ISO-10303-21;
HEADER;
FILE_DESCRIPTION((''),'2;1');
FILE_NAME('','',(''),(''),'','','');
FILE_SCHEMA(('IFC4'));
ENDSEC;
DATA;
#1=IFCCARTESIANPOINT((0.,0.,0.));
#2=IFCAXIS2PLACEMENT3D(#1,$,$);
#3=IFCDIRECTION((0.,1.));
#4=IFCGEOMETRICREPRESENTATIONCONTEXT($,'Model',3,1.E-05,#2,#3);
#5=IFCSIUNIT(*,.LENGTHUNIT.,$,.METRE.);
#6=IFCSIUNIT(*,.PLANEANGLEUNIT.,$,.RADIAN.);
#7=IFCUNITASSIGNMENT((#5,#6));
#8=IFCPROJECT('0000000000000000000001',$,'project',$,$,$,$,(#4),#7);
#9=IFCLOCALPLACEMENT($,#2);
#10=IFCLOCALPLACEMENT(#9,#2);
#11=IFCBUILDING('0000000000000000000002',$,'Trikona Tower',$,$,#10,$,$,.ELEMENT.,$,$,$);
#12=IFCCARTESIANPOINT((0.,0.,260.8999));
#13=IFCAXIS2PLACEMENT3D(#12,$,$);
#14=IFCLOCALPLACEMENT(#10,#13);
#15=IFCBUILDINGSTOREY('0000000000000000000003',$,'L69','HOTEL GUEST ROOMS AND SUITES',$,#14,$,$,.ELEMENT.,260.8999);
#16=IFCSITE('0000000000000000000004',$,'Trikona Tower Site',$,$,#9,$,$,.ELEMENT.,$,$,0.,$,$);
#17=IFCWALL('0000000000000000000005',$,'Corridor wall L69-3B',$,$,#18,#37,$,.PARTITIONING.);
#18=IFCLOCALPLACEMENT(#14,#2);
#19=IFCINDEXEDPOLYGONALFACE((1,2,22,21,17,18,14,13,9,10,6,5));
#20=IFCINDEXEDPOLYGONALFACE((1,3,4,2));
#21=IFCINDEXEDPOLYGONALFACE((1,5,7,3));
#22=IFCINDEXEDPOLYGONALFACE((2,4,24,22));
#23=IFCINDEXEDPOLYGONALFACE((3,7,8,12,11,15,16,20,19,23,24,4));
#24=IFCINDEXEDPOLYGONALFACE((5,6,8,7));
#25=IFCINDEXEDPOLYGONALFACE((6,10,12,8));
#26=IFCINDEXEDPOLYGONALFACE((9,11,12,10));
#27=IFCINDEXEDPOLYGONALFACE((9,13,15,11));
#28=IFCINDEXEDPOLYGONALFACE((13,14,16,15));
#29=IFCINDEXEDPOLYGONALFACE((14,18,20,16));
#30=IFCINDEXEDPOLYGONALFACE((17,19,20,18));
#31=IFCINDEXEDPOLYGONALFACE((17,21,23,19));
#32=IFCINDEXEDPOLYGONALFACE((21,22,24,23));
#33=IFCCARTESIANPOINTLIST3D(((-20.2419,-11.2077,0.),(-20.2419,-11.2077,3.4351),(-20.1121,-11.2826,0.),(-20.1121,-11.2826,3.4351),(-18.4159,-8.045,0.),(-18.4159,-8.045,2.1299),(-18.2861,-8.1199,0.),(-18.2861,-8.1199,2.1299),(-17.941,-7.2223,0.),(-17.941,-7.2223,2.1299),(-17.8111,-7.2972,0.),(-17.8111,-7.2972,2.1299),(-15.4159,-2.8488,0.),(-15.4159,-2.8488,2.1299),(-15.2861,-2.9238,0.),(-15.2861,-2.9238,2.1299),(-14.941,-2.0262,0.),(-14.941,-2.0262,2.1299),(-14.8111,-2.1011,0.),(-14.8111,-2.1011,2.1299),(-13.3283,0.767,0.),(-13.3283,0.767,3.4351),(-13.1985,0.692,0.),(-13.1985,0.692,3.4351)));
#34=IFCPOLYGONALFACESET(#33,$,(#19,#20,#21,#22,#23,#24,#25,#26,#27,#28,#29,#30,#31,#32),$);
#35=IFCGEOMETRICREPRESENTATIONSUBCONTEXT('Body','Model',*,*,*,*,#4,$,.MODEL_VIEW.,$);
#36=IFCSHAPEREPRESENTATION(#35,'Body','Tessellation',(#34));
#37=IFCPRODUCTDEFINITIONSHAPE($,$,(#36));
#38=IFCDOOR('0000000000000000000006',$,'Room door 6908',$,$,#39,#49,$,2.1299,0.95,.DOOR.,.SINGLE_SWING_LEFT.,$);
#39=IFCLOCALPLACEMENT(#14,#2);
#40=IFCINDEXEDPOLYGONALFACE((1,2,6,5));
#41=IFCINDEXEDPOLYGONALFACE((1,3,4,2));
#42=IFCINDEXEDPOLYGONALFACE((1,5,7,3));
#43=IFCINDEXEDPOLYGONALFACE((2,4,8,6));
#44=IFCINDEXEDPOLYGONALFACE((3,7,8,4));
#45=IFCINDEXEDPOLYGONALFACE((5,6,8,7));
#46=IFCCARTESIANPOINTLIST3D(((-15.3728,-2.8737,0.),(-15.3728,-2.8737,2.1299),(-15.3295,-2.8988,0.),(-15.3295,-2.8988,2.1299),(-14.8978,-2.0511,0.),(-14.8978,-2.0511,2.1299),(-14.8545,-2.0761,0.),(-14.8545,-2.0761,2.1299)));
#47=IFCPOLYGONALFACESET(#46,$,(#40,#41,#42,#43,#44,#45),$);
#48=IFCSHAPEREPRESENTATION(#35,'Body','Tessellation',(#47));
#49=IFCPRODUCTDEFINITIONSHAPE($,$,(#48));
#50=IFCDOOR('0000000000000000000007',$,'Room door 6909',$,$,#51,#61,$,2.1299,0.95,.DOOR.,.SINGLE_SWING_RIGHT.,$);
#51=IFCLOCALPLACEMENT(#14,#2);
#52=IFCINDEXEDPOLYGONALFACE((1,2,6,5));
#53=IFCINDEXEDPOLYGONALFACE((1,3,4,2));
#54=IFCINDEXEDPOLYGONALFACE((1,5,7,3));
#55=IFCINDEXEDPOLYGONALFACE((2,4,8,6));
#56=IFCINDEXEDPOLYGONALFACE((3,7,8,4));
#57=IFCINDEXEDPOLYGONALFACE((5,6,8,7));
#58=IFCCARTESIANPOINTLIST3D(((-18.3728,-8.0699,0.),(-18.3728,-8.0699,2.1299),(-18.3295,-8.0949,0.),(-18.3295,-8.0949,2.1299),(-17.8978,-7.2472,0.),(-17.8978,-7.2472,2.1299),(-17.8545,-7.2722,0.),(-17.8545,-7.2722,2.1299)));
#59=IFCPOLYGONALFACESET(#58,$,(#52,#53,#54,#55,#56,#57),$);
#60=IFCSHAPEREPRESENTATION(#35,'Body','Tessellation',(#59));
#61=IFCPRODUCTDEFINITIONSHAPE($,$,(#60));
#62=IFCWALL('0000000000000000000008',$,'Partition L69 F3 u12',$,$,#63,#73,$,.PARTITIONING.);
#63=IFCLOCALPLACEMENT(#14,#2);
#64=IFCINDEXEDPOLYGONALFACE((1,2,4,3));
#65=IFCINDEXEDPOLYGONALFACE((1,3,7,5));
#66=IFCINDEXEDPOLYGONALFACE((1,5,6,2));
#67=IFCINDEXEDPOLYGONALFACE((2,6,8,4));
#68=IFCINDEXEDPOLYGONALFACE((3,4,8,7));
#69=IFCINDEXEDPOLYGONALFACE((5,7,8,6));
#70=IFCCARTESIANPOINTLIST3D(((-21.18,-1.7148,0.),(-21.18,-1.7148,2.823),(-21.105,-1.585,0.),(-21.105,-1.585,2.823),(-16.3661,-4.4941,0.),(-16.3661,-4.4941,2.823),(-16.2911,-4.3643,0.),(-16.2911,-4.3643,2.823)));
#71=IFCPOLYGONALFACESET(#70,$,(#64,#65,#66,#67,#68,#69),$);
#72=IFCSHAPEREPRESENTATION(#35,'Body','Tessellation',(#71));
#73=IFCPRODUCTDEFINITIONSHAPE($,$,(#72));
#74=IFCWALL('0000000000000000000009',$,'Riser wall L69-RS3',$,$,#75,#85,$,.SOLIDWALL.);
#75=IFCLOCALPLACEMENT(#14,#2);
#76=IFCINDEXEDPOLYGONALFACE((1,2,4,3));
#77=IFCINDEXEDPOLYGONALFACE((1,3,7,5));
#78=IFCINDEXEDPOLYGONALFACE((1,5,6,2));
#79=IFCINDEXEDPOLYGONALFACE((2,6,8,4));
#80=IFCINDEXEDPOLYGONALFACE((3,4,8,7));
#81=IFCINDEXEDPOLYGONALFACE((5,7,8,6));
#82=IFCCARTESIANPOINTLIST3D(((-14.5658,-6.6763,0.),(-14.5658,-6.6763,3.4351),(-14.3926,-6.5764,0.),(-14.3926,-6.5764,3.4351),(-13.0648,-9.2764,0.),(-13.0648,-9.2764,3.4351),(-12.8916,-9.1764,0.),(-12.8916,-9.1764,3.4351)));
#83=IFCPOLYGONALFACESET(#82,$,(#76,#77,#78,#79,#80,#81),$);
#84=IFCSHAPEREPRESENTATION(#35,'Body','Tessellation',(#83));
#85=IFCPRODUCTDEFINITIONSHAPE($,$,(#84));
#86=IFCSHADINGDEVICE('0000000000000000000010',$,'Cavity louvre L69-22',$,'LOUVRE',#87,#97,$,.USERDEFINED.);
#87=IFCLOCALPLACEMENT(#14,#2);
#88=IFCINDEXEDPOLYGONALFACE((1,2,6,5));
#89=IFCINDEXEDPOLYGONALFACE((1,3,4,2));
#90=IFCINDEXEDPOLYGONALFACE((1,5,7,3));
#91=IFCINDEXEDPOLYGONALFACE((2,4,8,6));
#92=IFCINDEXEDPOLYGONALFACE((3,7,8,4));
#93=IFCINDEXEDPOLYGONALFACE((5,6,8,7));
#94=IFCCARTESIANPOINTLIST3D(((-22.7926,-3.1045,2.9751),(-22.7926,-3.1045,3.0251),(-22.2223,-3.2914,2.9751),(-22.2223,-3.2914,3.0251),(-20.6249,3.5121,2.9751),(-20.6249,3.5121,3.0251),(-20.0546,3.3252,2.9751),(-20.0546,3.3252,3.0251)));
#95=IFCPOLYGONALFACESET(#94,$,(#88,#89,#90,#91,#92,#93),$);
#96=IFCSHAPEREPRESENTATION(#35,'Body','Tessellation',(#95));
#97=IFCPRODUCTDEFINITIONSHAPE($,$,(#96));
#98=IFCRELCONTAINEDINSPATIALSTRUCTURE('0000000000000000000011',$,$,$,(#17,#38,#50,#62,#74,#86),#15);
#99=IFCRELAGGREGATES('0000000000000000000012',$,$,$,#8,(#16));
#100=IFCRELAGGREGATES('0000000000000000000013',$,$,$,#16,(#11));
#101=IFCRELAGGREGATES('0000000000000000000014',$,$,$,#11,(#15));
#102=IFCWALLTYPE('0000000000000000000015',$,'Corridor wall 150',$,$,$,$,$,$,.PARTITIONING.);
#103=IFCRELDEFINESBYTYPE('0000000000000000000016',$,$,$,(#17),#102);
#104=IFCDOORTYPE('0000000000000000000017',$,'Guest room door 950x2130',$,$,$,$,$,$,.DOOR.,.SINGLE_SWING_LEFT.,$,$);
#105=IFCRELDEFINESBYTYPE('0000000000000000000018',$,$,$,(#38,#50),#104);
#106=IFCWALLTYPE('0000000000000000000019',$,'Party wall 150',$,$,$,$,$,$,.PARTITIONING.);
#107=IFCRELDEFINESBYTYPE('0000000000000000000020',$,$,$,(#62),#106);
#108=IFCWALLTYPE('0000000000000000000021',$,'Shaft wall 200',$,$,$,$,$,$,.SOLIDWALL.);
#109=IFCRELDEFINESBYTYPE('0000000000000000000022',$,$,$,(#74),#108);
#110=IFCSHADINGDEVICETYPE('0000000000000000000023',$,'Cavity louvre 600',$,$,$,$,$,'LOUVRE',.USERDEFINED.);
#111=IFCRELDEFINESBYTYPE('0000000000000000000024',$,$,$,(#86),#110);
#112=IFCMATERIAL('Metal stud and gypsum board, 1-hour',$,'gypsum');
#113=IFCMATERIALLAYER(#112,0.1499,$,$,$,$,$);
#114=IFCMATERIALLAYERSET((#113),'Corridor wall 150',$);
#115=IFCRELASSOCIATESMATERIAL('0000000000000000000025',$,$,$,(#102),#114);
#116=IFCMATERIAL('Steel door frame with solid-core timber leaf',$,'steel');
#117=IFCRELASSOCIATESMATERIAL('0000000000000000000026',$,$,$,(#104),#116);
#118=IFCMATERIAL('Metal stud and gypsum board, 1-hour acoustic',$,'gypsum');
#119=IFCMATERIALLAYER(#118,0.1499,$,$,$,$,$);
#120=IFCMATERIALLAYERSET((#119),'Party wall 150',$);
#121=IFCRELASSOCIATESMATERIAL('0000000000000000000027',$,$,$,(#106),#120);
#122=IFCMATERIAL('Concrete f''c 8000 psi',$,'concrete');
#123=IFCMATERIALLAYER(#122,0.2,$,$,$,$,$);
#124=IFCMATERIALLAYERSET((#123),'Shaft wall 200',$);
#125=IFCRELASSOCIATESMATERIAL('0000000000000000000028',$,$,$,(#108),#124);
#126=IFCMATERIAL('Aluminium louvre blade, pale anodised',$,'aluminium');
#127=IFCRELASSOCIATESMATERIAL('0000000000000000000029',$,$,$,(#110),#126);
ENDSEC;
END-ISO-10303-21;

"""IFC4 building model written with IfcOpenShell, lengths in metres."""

from ifc_helpers import new_model, si_unit, direction, frame, frame_2d, origin, origin_2d, place, context, subcontext, project, spatial, rectangle, extrude, material, layer, layer_set, type_object, element, fill, save


model = new_model("IFC4")

# Units and contexts
model_context = context("Model", 3, precision=1e-05, world=origin(), true_north=direction((0.0, 1.0)))
body_context = subcontext(model_context, "Body", "Model", "MODEL_VIEW")
ifc_project = project(units=[si_unit("LENGTHUNIT", "METRE"), si_unit("PLANEANGLEUNIT", "RADIAN")], contexts=[model_context])

# Site, building, storey
site_placement = place(None, origin())
site = spatial("IfcSite", under=ifc_project, at=site_placement, Name="Trikona Tower Site", CompositionType="ELEMENT", RefElevation=0.0)
building_placement = place(site_placement, origin())
building = spatial("IfcBuilding", under=site, at=building_placement, Name="Trikona Tower", CompositionType="ELEMENT")
storey_placement = place(building_placement, frame((0.0, 0.0, 260.8999)))
storey = spatial("IfcBuildingStorey", under=building, at=storey_placement, Name="L69", Description="HOTEL GUEST ROOMS AND SUITES", CompositionType="ELEMENT", Elevation=260.8999)

# Wall, openings, doors
ifc_material_1 = material(Name="Metal stud and gypsum board, 1-hour", Category="gypsum")
ifc_layer_1 = layer(ifc_material_1, 0.1499)
ifc_layer_set_1 = layer_set([ifc_layer_1], Name="Corridor wall 150")
wall_type_1 = type_object("IfcWallType", Name="Corridor wall 150", PredefinedType="PARTITIONING", material=ifc_layer_set_1)
wall_1_placement = place(storey_placement, frame((-13.2634, 0.7295, 0.0), z_axis=(0.0, 0.0, 1.0), x_axis=(-0.500002, -0.866024, 0.0)))
wall_1 = element("IfcWall", 1, at=wall_1_placement, inside=storey, type_object=wall_type_1, Name="Corridor wall L69-3B", PredefinedType="PARTITIONING", context=body_context, shape_type="SweptSolid", body=[
    extrude(rectangle(XDim=13.8271, YDim=0.1499, at=frame_2d((6.9136, 0.0))), origin(), (0.0, 0.0, 1.0), 3.4351),
])
opening_1_placement = place(wall_1_placement, frame((3.2251, 0.0, 0.0)))
opening_1 = element("IfcOpeningElement", 2, at=opening_1_placement, cuts=wall_1, PredefinedType="OPENING", context=body_context, shape_type="SweptSolid", body=[
    extrude(rectangle(XDim=0.95, YDim=2.1299, at=frame_2d((0.4751, 1.0649))), frame((0.0, 0.085, 0.0), z_axis=(0.0, -1.0, 0.0), x_axis=(1.0, 0.0, 0.0)), (0.0, 0.0, 1.0), 0.1699),
])
opening_2_placement = place(wall_1_placement, frame((9.2251, 0.0, 0.0)))
opening_2 = element("IfcOpeningElement", 3, at=opening_2_placement, cuts=wall_1, PredefinedType="OPENING", context=body_context, shape_type="SweptSolid", body=[
    extrude(rectangle(XDim=0.95, YDim=2.1299, at=frame_2d((0.4751, 1.0649))), frame((0.0, 0.085, 0.0), z_axis=(0.0, -1.0, 0.0), x_axis=(1.0, 0.0, 0.0)), (0.0, 0.0, 1.0), 0.1699),
])
ifc_material_2 = material(Name="Steel door frame with solid-core timber leaf", Category="steel")
door_type_1 = type_object("IfcDoorType", Name="Guest room door 950x2130", OperationType="SINGLE_SWING_LEFT", PredefinedType="DOOR", material=ifc_material_2)
door_1_placement = place(opening_1_placement, origin())
door_1 = element("IfcDoor", 4, at=door_1_placement, inside=storey, type_object=door_type_1, Name="Room door 6908", OperationType="SINGLE_SWING_LEFT", OverallHeight=2.1299, OverallWidth=0.95, PredefinedType="DOOR", context=body_context, shape_type="SweptSolid", body=[
    extrude(rectangle(XDim=0.95, YDim=2.1299, at=frame_2d((0.4751, 1.0649))), frame((0.0, 0.0249, 0.0), z_axis=(0.0, -1.0, 0.0), x_axis=(1.0, 0.0, 0.0)), (0.0, 0.0, 1.0), 0.05),
])
fill(opening_1, door_1)
door_2_placement = place(opening_2_placement, origin())
door_2 = element("IfcDoor", 5, at=door_2_placement, inside=storey, type_object=door_type_1, Name="Room door 6909", OperationType="SINGLE_SWING_RIGHT", OverallHeight=2.1299, OverallWidth=0.95, PredefinedType="DOOR", context=body_context, shape_type="SweptSolid", body=[
    extrude(rectangle(XDim=0.95, YDim=2.1299, at=frame_2d((0.4751, 1.0649))), frame((0.0, 0.0249, 0.0), z_axis=(0.0, -1.0, 0.0), x_axis=(1.0, 0.0, 0.0)), (0.0, 0.0, 1.0), 0.05),
])
fill(opening_2, door_2)

# Walls
ifc_material_3 = material(Name="Metal stud and gypsum board, 1-hour acoustic", Category="gypsum")
ifc_layer_2 = layer(ifc_material_3, 0.1499)
ifc_layer_set_2 = layer_set([ifc_layer_2], Name="Party wall 150")
wall_type_2 = type_object("IfcWallType", Name="Party wall 150", PredefinedType="PARTITIONING", material=ifc_layer_set_2)
wall_2_placement = place(storey_placement, frame((-16.3286, -4.4292, 0.0), z_axis=(0.0, 0.0, 1.0), x_axis=(-0.866029, 0.499994, 0.0)))
element("IfcWall", 6, at=wall_2_placement, inside=storey, type_object=wall_type_2, Name="Partition L69 F3 u12", PredefinedType="PARTITIONING", context=body_context, shape_type="SweptSolid", body=[
    extrude(rectangle(XDim=5.5586, YDim=0.1499, at=frame_2d((2.7793, 0.0))), origin(), (0.0, 0.0, 1.0), 2.823),
])
ifc_material_4 = material(Name="Concrete f'c 8000 psi", Category="concrete")
ifc_layer_3 = layer(ifc_material_4, 0.2)
ifc_layer_set_3 = layer_set([ifc_layer_3], Name="Shaft wall 200")
wall_type_3 = type_object("IfcWallType", Name="Shaft wall 200", PredefinedType="SOLIDWALL", material=ifc_layer_set_3)
wall_3_placement = place(storey_placement, frame((-12.9783, -9.2263, 0.0), z_axis=(0.0, 0.0, 1.0), x_axis=(-0.499952, 0.866053, 0.0)))
element("IfcWall", 7, at=wall_3_placement, inside=storey, type_object=wall_type_3, Name="Riser wall L69-RS3", PredefinedType="SOLIDWALL", context=body_context, shape_type="SweptSolid", body=[
    extrude(rectangle(XDim=3.0022, YDim=0.2, at=frame_2d((1.501, 0.0))), origin(), (0.0, 0.0, 1.0), 3.4351),
])

# Shading device
ifc_material_5 = material(Name="Aluminium louvre blade, pale anodised", Category="aluminium")
shading_device_type = type_object("IfcShadingDeviceType", Name="Cavity louvre 600", ElementType="LOUVRE", PredefinedType="USERDEFINED", material=ifc_material_5)
shading_device_placement = place(storey_placement, frame((-21.4236, 0.1104, 2.9751), z_axis=(0.0, 0.0, 1.0), x_axis=(-0.311337, -0.9503, 0.0)))
element("IfcShadingDevice", 8, at=shading_device_placement, inside=storey, type_object=shading_device_type, Name="Cavity louvre L69-22", ObjectType="LOUVRE", PredefinedType="USERDEFINED", context=body_context, shape_type="SweptSolid", body=[
    extrude(rectangle(XDim=6.9626, YDim=0.6001, at=origin_2d()), origin(), (0.0, 0.0, 1.0), 0.05),
])

save(model, "model.ifc")
